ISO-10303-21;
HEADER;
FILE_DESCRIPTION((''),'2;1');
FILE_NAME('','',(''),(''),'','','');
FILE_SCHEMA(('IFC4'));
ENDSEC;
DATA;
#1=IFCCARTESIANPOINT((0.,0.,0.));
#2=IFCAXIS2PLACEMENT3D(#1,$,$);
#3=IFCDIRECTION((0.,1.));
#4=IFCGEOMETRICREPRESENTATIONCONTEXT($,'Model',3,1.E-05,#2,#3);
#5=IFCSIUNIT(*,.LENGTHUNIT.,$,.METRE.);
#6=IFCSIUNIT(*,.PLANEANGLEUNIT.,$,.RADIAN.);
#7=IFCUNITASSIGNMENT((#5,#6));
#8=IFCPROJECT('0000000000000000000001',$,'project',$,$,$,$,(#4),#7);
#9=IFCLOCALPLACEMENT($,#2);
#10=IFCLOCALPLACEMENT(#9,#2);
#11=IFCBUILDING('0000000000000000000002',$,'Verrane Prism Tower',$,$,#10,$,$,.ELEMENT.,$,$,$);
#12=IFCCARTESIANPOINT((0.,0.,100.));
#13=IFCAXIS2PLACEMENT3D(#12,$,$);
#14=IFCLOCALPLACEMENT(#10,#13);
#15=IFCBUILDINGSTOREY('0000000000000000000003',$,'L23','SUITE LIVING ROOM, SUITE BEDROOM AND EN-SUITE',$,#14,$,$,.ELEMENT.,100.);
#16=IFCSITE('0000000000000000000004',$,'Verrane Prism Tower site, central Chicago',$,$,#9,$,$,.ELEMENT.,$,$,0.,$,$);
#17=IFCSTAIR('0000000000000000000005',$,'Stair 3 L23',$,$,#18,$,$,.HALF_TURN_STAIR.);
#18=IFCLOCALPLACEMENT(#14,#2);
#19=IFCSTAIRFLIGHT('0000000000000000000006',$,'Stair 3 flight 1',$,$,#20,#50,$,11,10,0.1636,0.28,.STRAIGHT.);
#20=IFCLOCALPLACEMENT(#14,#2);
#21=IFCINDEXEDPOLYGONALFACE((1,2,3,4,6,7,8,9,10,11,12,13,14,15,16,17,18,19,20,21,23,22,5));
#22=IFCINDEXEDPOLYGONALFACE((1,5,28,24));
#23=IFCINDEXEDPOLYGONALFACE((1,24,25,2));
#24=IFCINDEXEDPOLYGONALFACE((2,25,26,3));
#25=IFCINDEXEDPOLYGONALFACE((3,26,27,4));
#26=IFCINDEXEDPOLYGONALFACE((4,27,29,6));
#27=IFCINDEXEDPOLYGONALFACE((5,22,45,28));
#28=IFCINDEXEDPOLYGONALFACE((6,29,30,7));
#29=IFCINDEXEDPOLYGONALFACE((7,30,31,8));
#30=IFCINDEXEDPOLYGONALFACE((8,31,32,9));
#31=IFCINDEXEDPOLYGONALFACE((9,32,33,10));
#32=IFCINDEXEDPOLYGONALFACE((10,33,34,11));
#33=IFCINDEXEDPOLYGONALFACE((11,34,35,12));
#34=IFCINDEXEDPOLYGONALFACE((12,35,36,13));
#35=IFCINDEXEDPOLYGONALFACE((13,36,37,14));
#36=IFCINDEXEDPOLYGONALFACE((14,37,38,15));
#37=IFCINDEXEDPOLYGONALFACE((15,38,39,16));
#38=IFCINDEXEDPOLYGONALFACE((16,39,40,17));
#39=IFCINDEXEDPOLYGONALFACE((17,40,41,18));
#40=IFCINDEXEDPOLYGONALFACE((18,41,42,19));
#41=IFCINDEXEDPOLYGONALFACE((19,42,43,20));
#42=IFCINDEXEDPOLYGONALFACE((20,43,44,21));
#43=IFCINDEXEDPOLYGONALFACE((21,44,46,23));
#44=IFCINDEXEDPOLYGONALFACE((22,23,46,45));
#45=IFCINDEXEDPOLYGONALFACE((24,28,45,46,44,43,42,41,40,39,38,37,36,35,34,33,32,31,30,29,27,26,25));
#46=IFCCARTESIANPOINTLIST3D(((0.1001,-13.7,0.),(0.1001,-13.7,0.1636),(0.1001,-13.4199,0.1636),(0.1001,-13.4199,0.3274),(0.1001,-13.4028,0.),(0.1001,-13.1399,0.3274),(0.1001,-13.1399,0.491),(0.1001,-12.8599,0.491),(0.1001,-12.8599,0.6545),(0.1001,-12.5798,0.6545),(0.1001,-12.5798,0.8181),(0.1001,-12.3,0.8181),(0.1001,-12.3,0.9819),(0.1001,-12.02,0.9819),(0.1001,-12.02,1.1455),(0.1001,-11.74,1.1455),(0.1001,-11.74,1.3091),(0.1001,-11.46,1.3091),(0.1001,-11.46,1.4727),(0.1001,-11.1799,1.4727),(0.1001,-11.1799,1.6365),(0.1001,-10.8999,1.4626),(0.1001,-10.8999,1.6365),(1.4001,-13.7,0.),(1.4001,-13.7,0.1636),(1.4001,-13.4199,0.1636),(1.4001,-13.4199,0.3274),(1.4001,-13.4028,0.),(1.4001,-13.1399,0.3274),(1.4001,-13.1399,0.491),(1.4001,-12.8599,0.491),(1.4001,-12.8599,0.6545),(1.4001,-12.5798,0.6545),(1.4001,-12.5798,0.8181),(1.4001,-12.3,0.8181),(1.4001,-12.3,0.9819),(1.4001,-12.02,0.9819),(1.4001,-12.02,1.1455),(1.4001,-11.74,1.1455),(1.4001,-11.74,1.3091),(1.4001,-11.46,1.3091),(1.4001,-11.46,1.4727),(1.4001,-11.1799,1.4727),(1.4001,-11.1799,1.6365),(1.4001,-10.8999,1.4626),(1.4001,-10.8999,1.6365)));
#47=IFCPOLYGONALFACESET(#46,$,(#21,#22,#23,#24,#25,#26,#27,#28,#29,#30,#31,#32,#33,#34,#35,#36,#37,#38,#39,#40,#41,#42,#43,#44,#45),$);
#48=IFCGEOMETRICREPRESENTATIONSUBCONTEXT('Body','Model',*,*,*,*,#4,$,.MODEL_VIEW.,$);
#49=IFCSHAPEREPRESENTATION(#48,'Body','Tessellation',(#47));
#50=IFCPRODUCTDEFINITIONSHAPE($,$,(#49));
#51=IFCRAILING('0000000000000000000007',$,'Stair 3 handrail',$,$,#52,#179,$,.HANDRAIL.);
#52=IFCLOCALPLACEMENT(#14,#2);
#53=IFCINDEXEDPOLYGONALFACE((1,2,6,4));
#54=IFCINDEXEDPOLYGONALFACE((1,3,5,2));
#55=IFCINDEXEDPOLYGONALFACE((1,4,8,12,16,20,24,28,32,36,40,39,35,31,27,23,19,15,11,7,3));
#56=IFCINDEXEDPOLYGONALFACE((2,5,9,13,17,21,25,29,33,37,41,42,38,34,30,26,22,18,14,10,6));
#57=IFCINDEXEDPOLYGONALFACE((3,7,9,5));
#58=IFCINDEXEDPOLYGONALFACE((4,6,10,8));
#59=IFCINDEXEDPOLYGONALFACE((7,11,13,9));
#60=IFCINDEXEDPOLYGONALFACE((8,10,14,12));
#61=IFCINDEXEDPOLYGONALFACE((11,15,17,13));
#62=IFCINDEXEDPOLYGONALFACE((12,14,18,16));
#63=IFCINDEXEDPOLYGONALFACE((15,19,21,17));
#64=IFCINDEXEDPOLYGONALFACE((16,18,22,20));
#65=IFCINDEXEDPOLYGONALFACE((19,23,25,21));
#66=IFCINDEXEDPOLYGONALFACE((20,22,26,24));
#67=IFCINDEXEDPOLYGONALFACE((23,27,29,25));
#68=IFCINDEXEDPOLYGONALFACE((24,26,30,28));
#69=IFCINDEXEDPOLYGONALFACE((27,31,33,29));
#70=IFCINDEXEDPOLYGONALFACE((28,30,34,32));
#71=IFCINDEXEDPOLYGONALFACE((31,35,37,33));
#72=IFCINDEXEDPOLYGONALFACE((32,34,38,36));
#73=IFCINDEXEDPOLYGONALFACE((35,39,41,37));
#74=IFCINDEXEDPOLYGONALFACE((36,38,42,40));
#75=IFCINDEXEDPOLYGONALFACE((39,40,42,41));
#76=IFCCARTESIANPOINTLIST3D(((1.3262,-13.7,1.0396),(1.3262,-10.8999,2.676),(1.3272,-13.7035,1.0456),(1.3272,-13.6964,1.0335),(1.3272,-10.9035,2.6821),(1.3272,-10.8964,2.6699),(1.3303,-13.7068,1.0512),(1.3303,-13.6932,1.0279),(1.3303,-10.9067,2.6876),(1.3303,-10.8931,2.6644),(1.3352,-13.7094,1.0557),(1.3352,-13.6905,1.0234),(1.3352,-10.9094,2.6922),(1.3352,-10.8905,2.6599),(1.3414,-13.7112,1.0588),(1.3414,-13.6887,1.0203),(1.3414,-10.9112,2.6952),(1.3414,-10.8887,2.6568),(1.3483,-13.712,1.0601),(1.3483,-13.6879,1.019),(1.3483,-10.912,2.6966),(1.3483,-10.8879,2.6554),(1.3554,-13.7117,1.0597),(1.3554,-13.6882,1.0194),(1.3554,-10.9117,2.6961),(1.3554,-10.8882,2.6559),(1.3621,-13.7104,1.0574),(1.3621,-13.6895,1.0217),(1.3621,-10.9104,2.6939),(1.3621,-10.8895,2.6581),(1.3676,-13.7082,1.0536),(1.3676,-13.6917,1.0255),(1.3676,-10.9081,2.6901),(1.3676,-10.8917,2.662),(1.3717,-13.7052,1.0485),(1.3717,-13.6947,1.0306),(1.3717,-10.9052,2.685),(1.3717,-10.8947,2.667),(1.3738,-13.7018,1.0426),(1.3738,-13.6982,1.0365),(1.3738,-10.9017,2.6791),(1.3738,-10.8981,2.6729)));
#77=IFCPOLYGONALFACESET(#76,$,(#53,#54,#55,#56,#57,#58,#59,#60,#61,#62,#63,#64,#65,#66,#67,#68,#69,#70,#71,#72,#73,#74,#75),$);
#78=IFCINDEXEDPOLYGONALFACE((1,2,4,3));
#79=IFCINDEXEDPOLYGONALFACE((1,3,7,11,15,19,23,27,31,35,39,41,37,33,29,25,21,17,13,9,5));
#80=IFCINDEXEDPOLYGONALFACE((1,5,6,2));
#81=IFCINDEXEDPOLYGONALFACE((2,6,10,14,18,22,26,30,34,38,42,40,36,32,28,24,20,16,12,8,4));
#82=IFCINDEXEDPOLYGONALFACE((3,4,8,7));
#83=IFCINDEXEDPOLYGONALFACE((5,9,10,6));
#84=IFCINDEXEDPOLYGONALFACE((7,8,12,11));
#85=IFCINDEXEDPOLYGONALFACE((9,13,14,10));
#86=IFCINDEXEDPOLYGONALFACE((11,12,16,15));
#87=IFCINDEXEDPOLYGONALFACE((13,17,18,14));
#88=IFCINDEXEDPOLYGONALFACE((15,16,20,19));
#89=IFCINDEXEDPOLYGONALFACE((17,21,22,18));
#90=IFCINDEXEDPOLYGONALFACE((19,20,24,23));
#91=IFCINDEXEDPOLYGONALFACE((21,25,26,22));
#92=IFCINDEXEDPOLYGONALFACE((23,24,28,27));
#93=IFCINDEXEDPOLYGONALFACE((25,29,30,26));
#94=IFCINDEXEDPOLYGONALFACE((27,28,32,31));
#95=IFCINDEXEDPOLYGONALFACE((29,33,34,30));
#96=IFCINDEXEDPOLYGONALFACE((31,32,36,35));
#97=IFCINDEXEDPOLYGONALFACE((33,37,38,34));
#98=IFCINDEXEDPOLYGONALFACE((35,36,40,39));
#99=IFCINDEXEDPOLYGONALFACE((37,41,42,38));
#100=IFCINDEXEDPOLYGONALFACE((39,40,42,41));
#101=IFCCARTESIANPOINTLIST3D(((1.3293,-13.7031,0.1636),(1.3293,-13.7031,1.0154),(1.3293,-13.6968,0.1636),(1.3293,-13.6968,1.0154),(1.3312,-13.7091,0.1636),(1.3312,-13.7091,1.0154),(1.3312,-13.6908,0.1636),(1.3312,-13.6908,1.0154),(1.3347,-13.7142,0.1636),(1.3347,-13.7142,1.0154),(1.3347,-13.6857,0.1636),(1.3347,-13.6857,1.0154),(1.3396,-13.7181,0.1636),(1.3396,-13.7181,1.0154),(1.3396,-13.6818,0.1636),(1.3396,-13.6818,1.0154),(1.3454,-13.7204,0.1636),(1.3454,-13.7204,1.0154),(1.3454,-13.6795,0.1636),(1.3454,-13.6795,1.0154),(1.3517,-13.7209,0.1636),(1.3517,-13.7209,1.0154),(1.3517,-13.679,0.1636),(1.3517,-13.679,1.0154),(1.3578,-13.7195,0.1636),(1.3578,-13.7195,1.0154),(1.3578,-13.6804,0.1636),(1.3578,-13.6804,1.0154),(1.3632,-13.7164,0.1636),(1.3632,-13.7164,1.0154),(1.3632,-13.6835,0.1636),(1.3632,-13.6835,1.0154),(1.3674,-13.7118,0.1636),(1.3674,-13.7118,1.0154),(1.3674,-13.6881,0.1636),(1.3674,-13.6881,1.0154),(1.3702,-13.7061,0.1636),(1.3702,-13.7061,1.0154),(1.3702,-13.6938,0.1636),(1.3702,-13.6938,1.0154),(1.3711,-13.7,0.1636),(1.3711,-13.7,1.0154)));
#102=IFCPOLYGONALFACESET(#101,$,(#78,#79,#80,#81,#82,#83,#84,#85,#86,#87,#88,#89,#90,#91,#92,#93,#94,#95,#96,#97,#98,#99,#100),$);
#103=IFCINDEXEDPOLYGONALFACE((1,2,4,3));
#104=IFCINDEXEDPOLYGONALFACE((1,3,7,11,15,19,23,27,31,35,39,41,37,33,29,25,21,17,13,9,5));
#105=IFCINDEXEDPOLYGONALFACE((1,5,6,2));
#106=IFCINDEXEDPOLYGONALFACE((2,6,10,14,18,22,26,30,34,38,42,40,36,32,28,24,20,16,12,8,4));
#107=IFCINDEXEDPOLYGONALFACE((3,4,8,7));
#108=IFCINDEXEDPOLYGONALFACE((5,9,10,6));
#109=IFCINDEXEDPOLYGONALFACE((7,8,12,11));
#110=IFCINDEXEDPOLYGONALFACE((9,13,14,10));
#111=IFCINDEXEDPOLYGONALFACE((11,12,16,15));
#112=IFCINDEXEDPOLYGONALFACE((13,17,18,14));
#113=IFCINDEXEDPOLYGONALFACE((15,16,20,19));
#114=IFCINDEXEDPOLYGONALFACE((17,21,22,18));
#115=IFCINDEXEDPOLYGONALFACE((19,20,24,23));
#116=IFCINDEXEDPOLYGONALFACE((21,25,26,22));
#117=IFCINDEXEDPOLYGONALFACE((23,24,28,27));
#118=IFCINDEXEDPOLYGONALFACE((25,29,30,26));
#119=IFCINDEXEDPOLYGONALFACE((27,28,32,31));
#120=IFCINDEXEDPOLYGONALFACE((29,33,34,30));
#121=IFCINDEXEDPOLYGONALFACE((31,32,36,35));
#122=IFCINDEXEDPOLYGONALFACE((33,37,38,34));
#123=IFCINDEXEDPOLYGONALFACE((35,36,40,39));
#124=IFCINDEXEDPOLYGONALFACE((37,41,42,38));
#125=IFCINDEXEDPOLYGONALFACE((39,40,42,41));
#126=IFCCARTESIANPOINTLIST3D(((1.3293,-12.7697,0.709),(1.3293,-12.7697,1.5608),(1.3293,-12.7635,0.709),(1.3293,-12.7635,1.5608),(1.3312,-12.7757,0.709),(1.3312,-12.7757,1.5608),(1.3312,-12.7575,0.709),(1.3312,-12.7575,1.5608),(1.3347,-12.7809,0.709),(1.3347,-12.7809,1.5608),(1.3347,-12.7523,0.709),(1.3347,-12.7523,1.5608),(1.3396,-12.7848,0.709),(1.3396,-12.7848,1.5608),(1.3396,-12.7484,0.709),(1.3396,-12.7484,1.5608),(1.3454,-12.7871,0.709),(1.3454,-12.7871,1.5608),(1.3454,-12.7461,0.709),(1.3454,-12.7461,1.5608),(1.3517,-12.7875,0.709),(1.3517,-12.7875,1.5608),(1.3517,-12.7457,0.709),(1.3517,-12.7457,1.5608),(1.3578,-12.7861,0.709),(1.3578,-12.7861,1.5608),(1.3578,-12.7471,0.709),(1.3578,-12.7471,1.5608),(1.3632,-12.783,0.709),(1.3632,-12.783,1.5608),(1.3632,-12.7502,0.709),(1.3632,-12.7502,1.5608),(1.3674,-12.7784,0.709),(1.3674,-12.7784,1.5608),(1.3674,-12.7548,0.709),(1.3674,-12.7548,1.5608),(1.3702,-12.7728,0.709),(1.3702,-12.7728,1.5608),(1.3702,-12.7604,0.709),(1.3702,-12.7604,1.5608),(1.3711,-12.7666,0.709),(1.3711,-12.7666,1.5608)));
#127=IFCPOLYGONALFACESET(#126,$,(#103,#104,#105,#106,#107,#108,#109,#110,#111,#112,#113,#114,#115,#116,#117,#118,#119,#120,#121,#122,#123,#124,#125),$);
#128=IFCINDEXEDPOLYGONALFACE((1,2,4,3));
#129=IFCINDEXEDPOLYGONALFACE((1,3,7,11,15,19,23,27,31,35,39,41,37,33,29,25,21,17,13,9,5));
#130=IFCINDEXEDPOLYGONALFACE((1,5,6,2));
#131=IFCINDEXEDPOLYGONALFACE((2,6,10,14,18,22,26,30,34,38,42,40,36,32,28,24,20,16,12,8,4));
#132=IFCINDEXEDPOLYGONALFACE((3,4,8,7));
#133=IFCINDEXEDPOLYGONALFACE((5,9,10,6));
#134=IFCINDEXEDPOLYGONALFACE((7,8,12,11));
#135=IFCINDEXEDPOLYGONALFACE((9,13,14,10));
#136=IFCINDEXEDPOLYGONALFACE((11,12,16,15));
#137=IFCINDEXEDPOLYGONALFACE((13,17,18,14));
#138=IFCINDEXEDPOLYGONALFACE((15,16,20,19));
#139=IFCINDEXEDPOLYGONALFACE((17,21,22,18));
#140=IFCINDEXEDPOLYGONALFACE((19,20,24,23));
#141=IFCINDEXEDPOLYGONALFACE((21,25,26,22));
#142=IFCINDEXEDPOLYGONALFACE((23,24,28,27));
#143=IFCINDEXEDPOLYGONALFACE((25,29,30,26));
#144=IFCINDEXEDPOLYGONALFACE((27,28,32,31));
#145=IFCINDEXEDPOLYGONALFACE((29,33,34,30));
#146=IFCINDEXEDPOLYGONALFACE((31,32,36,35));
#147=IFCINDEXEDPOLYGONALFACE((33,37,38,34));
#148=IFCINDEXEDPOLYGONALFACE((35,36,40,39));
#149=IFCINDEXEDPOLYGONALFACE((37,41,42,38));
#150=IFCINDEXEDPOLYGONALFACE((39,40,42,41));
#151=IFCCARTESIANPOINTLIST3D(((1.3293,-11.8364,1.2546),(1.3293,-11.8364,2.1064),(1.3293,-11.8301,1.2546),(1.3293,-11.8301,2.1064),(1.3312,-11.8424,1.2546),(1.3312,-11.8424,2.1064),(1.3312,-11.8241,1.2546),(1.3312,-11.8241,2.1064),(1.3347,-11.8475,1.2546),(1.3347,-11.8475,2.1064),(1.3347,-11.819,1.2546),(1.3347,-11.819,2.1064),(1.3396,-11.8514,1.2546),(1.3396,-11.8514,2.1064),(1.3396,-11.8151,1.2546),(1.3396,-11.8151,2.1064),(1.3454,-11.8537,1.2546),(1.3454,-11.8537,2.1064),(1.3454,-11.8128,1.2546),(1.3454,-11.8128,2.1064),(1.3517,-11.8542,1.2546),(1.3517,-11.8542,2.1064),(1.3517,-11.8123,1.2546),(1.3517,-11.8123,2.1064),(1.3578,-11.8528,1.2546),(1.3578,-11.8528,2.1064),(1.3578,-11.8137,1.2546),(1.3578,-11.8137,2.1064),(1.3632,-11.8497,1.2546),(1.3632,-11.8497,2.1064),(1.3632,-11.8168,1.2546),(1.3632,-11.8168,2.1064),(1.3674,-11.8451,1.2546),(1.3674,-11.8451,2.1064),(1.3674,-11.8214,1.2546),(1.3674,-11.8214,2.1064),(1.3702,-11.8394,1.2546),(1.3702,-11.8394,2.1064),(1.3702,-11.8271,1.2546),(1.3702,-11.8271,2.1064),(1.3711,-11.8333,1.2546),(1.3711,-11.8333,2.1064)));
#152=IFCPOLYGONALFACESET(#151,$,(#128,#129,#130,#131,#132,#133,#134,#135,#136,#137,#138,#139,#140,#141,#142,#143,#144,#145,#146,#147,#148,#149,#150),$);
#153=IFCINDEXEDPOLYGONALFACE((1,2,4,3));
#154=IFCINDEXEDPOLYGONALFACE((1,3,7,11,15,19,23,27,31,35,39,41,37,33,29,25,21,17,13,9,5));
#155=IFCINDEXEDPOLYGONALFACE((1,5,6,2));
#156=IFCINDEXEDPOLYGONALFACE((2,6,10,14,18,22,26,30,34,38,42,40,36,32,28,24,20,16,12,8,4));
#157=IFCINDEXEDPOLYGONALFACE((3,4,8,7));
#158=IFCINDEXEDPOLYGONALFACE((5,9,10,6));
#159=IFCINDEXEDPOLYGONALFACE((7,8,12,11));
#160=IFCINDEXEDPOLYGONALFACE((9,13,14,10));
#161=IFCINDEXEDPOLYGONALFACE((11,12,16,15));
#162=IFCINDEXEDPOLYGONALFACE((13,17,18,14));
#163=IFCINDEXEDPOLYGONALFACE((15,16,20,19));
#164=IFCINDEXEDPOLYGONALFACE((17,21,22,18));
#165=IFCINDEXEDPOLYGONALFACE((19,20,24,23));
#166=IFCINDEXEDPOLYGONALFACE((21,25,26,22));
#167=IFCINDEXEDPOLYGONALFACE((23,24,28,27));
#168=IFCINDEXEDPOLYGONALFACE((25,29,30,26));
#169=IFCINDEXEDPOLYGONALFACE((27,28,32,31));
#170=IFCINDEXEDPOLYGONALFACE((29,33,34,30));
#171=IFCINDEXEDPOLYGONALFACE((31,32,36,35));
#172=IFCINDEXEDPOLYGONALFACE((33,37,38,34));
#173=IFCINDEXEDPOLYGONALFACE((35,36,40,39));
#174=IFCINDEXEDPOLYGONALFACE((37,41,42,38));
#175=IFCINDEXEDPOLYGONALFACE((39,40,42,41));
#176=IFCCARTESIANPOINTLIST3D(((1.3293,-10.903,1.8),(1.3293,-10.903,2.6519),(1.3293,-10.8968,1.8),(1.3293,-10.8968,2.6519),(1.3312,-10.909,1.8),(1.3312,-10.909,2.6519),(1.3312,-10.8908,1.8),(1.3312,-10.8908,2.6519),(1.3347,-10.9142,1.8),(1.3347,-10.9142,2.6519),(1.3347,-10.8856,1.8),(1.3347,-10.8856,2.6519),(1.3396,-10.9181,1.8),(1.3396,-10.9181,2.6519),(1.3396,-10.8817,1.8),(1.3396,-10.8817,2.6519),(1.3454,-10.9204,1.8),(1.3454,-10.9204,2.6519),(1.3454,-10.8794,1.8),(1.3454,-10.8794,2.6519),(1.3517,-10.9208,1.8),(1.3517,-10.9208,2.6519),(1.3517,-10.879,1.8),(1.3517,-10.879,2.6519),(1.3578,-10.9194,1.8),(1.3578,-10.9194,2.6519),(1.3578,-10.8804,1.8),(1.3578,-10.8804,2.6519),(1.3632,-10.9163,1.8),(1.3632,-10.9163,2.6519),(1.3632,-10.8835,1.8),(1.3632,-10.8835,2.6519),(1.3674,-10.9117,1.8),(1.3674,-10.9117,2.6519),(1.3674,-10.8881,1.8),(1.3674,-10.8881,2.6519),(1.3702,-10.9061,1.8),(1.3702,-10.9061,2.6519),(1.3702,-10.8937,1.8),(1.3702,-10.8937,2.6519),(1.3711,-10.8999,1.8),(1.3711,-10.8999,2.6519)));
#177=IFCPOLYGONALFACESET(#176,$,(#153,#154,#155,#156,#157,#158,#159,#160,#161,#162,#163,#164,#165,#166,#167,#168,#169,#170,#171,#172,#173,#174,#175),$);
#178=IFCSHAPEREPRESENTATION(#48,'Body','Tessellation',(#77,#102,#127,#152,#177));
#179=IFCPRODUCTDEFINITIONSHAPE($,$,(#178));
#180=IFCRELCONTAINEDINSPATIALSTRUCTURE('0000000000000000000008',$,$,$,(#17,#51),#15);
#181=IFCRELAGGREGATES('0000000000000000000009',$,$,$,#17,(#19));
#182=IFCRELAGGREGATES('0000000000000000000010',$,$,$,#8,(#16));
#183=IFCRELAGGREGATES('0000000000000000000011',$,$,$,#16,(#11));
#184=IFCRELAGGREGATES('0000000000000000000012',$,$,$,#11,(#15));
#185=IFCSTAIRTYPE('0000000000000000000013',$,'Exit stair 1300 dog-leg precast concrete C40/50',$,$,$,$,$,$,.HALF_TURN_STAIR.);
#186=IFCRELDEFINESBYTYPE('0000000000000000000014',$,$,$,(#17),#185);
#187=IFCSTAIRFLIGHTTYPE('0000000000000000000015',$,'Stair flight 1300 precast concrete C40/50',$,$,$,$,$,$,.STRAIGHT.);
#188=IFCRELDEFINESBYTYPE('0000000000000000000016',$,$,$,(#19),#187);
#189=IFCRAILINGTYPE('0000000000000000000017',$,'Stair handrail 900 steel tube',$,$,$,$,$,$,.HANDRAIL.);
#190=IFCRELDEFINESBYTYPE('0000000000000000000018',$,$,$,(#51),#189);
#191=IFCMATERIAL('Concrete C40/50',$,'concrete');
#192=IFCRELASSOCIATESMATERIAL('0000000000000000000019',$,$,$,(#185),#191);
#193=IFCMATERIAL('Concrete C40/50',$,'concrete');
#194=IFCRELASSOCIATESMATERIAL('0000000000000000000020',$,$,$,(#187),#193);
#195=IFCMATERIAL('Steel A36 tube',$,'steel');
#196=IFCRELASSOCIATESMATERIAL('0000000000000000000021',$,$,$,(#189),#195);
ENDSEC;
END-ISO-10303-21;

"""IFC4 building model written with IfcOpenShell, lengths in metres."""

from ifc_helpers import new_model, si_unit, direction, frame, origin, origin_2d, place, context, subcontext, project, spatial, polyline, circle, outline, extrude, material, type_object, element, aggregate, save


model = new_model("IFC4")

# Units and contexts
model_context = context("Model", 3, precision=1e-05, world=origin(), true_north=direction((0.0, 1.0)))
body_context = subcontext(model_context, "Body", "Model", "MODEL_VIEW")
ifc_project = project(units=[si_unit("LENGTHUNIT", "METRE"), si_unit("PLANEANGLEUNIT", "RADIAN")], contexts=[model_context])

# Site, building, storey
site_placement = place(None, origin())
site = spatial("IfcSite", under=ifc_project, at=site_placement, Name="Verrane Prism Tower site, central Chicago", CompositionType="ELEMENT", RefElevation=0.0)
building_placement = place(site_placement, origin())
building = spatial("IfcBuilding", under=site, at=building_placement, Name="Verrane Prism Tower", CompositionType="ELEMENT")
storey_placement = place(building_placement, frame((0.0, 0.0, 100.0)))
storey = spatial("IfcBuildingStorey", under=building, at=storey_placement, Name="L23", Description="SUITE LIVING ROOM, SUITE BEDROOM AND EN-SUITE", CompositionType="ELEMENT", Elevation=100.0)

# Stair, stair flight
ifc_material_1 = material(Name="Concrete C40/50", Category="concrete")
stair_type = type_object("IfcStairType", Name="Exit stair 1300 dog-leg precast concrete C40/50", PredefinedType="HALF_TURN_STAIR", material=ifc_material_1)
stair_placement = place(storey_placement, origin())
stair = element("IfcStair", 1, at=stair_placement, inside=storey, type_object=stair_type, Name="Stair 3 L23", PredefinedType="HALF_TURN_STAIR")
ifc_material_2 = material(Name="Concrete C40/50", Category="concrete")
stair_flight_type = type_object("IfcStairFlightType", Name="Stair flight 1300 precast concrete C40/50", PredefinedType="STRAIGHT", material=ifc_material_2)
stair_flight_placement = place(storey_placement, frame((0.75, -13.7, 0.0), z_axis=(0.0, 0.0, 1.0), x_axis=(0.0, 1.0, 0.0)))
stair_flight = element("IfcStairFlight", 2, at=stair_flight_placement, type_object=stair_flight_type, Name="Stair 3 flight 1", NumberOfRisers=11, NumberOfTreads=10, PredefinedType="STRAIGHT", RiserHeight=0.1636, TreadLength=0.28, context=body_context, shape_type="SweptSolid", body=[
    extrude(outline(polyline([(0.0, 0.0), (0.0, 0.1636), (0.28, 0.1636), (0.28, 0.3274), (0.5601, 0.3274), (0.5601, 0.491), (0.8401, 0.491), (0.8401, 0.6545), (1.1201, 0.6545), (1.1201, 0.8181), (1.3999, 0.8181), (1.3999, 0.9819), (1.6799, 0.9819), (1.6799, 1.1455), (1.96, 1.1455), (1.96, 1.3091), (2.24, 1.3091), (2.24, 1.4727), (2.52, 1.4727), (2.52, 1.6365), (2.8, 1.6365), (2.8, 1.8), (2.8, 1.4626), (0.2971, 0.0), (0.0, 0.0)])), frame((0.0, 0.6499, 0.0), z_axis=(0.0, -1.0, 0.0), x_axis=(1.0, 0.0, 0.0)), (0.0, 0.0, 1.0), 1.3),
])
aggregate(stair, [stair_flight])

# Railing
ifc_material_3 = material(Name="Steel A36 tube", Category="steel")
railing_type_1 = type_object("IfcRailingType", Name="Stair handrail 900 steel tube", PredefinedType="HANDRAIL", material=ifc_material_3)
railing_1_placement = place(storey_placement, frame((1.3501, -13.7, 0.1636)))
element("IfcRailing", 3, at=railing_1_placement, inside=storey, type_object=railing_type_1, Name="Stair 3 handrail", PredefinedType="HANDRAIL", context=body_context, shape_type="SweptSolid", body=[
    extrude(circle(Radius=0.0239, at=origin_2d()), frame((0.0, 0.0, 0.876), z_axis=(0.0, 0.863361, 0.504587), x_axis=(-1.0, 0.0, 0.0)), (0.0, 0.0, 1.0), 3.2432),
    extrude(circle(Radius=0.021, at=origin_2d()), origin(), (0.0, 0.0, 1.0), 0.8518),
    extrude(circle(Radius=0.021, at=origin_2d()), frame((0.0, 0.9333, 0.5454)), (0.0, 0.0, 1.0), 0.8518),
    extrude(circle(Radius=0.021, at=origin_2d()), frame((0.0, 1.8667, 1.0911)), (0.0, 0.0, 1.0), 0.8518),
    extrude(circle(Radius=0.021, at=origin_2d()), frame((0.0, 2.8, 1.6365)), (0.0, 0.0, 1.0), 0.8518),
])

save(model, "model.ifc")
